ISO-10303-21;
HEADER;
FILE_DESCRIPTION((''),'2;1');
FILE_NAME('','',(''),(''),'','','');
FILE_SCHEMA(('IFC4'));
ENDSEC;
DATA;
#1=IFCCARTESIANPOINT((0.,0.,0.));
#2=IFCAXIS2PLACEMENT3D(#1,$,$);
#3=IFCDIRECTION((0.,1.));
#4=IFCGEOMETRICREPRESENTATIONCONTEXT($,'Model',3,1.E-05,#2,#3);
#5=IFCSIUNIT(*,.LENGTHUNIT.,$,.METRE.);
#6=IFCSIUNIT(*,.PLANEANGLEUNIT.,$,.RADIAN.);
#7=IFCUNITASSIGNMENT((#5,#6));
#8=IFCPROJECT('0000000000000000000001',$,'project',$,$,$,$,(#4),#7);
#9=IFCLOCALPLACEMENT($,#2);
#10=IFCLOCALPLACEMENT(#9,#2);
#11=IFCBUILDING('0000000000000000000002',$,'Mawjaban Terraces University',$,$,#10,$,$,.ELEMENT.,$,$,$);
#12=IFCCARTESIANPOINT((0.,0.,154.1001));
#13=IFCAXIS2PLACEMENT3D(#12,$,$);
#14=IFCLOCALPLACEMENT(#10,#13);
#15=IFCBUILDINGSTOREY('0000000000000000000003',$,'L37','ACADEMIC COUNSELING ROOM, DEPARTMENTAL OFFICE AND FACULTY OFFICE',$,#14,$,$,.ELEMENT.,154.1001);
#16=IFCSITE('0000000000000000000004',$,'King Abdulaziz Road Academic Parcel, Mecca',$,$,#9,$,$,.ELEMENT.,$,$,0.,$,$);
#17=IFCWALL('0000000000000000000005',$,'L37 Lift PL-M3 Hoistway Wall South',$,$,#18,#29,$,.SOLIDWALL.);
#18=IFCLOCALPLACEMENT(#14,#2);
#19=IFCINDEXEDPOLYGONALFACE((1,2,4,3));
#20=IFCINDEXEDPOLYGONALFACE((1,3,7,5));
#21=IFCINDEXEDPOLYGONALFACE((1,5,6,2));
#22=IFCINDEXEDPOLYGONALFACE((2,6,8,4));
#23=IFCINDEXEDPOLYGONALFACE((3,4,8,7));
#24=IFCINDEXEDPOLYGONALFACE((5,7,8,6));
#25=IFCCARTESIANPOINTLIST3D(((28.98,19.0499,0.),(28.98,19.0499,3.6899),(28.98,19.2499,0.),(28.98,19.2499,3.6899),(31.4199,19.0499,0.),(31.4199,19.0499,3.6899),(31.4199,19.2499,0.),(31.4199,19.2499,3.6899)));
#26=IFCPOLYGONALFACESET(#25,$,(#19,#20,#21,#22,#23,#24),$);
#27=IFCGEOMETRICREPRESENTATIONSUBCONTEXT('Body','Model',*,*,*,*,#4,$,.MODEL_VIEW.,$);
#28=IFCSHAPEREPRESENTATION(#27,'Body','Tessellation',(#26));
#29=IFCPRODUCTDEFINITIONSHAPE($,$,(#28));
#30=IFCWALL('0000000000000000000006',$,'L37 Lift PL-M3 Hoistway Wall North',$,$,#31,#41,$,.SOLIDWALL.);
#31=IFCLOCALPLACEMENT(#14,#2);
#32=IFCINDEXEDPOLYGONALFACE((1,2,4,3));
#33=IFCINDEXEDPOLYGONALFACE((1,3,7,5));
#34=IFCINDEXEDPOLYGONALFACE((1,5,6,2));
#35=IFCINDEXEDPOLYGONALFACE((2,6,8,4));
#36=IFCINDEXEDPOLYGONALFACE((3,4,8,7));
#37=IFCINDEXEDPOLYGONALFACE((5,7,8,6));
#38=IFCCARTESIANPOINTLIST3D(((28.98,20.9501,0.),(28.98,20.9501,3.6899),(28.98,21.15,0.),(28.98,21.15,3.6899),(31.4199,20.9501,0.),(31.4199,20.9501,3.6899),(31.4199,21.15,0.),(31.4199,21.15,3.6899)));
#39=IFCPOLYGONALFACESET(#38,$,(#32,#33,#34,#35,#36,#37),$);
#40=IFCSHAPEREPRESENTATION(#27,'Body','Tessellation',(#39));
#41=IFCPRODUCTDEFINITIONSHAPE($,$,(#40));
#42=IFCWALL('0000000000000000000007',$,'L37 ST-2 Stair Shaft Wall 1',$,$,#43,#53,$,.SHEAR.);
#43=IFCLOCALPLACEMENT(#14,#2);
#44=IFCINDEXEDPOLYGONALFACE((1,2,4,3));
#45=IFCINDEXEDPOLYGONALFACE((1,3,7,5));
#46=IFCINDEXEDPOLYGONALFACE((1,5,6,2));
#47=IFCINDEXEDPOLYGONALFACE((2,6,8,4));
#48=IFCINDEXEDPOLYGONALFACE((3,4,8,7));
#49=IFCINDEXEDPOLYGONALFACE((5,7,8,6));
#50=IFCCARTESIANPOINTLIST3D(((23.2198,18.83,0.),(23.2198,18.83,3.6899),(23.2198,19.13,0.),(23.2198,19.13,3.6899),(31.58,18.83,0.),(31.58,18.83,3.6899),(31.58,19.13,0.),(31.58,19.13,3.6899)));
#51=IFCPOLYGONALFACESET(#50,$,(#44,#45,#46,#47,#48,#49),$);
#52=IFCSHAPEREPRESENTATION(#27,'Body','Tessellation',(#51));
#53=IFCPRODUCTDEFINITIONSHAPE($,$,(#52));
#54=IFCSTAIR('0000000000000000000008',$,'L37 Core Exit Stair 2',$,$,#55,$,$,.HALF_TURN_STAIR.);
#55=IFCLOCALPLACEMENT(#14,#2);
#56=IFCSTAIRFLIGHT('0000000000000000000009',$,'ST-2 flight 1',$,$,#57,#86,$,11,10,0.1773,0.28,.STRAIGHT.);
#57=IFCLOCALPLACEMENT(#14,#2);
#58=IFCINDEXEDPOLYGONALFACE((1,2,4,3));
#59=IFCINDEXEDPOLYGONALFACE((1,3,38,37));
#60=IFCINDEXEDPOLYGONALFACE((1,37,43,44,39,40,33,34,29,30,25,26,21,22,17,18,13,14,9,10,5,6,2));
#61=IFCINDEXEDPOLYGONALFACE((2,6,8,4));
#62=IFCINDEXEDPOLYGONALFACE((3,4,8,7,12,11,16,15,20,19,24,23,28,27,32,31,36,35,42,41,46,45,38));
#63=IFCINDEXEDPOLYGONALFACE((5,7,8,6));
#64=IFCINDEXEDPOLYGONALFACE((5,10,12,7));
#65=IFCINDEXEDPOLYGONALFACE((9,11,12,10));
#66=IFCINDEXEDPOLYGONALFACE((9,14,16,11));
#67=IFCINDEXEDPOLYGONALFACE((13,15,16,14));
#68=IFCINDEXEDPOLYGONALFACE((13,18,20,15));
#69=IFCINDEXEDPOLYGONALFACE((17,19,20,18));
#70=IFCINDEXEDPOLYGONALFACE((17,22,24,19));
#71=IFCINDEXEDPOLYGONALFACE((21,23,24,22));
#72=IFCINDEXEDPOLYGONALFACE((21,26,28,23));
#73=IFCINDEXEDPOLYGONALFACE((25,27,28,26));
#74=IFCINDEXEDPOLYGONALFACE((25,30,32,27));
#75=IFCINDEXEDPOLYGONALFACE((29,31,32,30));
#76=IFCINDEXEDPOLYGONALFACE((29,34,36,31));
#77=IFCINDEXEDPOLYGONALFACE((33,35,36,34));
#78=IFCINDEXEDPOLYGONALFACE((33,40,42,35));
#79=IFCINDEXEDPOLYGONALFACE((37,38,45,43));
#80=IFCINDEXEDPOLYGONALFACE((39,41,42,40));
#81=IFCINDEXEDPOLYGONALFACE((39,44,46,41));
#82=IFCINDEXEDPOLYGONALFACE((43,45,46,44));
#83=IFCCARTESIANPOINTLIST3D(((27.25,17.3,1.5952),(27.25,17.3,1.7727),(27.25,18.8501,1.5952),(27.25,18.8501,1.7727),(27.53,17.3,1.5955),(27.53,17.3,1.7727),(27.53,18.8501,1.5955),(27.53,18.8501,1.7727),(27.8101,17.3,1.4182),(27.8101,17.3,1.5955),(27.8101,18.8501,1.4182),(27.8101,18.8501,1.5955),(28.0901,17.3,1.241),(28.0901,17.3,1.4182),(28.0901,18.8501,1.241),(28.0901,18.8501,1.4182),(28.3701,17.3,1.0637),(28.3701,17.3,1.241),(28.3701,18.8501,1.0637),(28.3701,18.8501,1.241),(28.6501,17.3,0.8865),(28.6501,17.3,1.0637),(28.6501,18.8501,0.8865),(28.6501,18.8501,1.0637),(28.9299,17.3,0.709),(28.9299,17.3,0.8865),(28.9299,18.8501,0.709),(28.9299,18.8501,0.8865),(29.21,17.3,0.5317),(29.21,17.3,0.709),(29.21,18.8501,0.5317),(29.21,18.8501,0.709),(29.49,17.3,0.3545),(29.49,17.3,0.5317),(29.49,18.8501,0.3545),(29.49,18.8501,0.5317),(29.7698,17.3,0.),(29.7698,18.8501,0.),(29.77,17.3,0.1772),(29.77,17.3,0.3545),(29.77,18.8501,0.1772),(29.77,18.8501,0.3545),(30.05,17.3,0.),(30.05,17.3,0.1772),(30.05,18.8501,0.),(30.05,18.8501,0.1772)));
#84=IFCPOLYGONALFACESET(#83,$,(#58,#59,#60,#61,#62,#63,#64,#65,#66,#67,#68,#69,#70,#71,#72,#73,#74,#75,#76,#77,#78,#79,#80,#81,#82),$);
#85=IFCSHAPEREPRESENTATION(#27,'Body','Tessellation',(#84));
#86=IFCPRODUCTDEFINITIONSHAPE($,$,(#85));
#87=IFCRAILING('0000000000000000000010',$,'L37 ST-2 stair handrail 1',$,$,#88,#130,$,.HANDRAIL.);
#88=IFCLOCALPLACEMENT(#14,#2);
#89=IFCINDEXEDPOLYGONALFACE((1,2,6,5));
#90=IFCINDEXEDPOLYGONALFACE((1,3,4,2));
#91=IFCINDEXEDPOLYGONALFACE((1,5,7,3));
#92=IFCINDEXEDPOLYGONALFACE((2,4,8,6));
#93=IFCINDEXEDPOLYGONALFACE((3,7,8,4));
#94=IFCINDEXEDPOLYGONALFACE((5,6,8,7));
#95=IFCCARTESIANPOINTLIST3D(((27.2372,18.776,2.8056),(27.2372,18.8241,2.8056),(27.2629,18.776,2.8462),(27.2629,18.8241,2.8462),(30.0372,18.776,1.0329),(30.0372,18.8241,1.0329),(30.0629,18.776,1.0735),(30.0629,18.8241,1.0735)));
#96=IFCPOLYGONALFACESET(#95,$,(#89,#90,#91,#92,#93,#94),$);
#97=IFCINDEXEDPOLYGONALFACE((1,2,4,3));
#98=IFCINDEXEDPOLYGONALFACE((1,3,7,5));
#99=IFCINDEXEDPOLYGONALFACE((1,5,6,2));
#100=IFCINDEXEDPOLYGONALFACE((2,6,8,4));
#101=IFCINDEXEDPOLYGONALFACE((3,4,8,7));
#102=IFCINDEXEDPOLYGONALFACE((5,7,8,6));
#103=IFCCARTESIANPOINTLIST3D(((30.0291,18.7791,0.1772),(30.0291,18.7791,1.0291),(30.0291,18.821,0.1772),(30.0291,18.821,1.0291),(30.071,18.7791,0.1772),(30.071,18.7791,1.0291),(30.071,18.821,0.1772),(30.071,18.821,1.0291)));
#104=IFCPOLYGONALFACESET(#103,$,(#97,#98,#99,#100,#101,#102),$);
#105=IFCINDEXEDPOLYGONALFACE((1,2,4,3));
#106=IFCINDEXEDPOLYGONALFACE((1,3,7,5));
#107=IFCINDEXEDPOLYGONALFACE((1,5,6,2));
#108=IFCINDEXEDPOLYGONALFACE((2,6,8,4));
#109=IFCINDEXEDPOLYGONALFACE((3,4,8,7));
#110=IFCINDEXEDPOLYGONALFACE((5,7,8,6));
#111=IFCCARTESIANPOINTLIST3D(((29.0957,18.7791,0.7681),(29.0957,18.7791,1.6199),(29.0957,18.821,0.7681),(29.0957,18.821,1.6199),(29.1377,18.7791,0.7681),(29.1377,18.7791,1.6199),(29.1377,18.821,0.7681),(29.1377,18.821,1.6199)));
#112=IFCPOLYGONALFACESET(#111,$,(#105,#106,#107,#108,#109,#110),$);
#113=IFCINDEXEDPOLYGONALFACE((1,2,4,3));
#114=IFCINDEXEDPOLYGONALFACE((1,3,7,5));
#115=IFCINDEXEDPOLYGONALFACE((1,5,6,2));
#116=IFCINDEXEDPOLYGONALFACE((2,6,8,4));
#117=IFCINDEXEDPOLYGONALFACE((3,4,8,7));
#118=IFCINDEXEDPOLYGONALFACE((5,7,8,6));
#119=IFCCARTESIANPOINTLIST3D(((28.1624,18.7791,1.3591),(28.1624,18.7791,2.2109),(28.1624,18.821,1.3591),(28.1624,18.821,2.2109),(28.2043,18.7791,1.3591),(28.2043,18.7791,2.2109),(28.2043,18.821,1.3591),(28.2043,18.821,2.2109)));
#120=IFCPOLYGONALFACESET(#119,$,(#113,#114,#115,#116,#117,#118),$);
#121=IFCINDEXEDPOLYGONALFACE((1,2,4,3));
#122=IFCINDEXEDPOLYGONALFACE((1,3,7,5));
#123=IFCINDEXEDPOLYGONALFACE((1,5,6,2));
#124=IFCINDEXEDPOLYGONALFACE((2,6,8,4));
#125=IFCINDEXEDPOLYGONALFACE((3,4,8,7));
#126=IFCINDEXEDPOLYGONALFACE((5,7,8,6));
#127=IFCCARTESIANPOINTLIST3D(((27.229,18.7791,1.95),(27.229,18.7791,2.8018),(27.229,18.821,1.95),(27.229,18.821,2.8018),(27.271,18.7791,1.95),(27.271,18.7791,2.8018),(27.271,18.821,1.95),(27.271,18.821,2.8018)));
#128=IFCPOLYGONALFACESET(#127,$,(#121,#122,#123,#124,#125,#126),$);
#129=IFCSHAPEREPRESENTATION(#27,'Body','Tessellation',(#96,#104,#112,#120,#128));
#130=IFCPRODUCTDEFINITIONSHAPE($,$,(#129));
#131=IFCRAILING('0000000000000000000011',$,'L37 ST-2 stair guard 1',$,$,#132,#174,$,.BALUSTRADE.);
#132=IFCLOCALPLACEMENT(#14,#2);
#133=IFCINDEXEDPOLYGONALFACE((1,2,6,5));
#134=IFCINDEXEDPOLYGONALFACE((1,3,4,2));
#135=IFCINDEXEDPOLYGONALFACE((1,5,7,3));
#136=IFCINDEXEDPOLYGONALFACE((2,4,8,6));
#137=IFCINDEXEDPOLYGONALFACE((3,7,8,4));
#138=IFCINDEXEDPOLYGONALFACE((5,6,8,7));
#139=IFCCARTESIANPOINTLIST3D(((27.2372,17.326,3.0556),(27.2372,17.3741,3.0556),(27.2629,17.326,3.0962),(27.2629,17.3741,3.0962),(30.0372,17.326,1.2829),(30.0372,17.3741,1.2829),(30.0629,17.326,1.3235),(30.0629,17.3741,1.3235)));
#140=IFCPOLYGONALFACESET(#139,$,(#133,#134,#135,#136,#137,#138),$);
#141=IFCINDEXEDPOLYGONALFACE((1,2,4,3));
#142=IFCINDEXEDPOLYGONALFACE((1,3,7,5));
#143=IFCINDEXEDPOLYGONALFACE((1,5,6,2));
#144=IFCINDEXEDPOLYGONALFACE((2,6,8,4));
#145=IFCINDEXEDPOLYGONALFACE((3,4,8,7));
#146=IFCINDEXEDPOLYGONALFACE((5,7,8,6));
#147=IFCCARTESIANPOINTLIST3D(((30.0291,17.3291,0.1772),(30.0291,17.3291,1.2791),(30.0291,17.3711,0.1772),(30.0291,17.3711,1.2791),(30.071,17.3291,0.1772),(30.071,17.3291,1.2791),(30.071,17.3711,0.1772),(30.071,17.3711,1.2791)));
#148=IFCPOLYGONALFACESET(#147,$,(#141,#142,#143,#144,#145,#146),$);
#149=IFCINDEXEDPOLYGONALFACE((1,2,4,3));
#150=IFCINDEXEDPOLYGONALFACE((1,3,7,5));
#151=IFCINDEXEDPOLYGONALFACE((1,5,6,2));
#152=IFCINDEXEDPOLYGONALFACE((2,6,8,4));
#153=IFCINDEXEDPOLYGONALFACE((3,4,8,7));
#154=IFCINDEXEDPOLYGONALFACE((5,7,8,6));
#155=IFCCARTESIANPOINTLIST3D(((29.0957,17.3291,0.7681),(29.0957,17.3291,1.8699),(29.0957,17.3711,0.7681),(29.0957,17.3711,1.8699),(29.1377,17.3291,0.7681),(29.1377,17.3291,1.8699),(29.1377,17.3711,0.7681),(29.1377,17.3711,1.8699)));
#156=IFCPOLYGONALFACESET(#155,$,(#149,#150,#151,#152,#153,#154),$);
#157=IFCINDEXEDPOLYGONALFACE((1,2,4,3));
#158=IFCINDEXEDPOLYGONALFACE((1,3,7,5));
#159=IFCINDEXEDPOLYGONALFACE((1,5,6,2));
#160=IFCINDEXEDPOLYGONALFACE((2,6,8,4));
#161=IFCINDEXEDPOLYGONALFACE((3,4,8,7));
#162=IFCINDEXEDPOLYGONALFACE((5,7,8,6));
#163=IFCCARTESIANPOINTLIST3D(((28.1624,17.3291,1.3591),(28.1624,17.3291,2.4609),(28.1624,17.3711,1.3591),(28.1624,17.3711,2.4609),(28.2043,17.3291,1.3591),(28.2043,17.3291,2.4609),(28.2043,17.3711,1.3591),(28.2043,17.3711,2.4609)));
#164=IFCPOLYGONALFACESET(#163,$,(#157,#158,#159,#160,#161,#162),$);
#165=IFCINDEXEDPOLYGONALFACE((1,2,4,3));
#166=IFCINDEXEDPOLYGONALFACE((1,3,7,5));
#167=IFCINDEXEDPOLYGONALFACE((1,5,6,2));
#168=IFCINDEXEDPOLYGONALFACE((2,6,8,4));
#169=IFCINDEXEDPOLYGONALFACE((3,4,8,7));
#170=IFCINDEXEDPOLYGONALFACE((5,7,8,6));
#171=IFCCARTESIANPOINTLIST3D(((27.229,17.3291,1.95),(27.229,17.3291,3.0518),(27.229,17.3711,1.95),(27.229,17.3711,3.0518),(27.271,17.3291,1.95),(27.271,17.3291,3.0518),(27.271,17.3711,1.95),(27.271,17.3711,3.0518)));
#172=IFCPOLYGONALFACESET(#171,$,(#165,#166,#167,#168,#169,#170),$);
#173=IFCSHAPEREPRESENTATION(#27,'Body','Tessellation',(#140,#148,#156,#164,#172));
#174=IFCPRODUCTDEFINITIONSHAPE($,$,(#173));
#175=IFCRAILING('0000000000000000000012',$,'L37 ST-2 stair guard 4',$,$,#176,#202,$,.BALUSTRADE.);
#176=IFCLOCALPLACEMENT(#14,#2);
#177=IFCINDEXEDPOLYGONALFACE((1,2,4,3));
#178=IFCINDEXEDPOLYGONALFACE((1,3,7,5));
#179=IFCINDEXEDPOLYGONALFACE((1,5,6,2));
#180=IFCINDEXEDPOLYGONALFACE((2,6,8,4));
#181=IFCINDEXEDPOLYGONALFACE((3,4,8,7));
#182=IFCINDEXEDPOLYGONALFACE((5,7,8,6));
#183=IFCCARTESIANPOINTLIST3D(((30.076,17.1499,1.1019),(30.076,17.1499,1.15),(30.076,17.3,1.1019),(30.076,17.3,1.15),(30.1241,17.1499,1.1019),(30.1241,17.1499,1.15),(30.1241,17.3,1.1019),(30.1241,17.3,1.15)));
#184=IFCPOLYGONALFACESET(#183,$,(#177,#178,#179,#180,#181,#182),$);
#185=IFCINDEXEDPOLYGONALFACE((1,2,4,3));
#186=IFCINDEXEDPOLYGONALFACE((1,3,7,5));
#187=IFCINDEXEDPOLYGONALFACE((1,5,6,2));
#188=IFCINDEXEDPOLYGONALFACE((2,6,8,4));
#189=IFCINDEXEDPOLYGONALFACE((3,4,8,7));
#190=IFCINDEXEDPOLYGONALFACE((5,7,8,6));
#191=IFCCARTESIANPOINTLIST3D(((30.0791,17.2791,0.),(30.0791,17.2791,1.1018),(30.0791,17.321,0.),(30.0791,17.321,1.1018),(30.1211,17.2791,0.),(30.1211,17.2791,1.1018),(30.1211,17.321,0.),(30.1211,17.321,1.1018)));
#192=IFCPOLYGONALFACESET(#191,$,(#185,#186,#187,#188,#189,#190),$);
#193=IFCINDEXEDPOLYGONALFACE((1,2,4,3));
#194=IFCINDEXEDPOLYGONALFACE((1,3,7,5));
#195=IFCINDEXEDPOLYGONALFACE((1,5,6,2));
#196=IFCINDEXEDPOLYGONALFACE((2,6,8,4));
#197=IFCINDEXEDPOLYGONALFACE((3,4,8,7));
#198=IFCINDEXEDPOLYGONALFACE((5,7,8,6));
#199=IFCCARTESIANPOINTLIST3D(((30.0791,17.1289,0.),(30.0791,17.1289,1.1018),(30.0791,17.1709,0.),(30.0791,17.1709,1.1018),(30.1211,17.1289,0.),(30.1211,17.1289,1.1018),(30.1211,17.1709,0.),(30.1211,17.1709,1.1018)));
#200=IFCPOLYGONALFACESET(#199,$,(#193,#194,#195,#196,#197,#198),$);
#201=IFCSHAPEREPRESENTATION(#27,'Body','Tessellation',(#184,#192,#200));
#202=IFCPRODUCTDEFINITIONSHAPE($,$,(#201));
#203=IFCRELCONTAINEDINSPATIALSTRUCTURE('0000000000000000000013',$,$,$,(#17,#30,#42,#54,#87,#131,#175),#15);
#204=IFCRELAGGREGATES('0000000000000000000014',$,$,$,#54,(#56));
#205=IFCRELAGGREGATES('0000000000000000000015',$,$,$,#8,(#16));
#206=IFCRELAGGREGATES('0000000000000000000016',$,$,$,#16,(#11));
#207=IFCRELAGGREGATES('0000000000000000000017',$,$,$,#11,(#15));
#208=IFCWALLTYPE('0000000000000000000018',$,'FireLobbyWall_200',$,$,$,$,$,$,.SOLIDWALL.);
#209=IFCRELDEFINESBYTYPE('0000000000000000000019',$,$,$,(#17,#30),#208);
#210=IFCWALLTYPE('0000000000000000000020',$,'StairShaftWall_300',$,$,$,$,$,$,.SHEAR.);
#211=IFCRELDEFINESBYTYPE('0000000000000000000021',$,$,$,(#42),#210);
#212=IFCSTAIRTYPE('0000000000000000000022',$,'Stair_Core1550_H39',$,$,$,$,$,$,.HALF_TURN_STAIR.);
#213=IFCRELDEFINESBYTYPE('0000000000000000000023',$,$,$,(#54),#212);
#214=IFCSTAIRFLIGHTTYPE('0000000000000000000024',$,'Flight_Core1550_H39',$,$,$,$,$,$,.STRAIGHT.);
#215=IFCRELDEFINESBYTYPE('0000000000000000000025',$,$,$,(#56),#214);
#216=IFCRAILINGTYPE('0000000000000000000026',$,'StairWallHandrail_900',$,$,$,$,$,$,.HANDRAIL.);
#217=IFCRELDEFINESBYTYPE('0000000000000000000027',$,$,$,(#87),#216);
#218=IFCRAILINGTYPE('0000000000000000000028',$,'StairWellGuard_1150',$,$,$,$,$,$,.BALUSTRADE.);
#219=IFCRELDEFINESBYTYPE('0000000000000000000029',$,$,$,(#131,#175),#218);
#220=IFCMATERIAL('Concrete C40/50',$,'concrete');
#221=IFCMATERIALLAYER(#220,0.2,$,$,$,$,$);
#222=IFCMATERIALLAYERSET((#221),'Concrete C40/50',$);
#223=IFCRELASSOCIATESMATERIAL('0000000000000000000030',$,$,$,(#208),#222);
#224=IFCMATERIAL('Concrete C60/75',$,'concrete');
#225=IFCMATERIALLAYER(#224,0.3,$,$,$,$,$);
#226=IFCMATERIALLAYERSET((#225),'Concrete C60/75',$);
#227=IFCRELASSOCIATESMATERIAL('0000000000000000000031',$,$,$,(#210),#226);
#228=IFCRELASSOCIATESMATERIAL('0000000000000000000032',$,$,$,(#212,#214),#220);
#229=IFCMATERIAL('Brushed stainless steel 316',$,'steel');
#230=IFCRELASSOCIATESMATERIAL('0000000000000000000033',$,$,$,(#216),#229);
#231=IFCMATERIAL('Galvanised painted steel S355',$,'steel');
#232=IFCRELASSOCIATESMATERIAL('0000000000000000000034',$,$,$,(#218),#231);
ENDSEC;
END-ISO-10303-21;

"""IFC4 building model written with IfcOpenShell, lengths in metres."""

from ifc_helpers import new_model, si_unit, direction, frame, frame_2d, origin, origin_2d, place, context, subcontext, project, spatial, polyline, rectangle, outline, extrude, material, layer, layer_set, type_object, element, aggregate, save


model = new_model("IFC4")

# Units and contexts
model_context = context("Model", 3, precision=1e-05, world=origin(), true_north=direction((0.0, 1.0)))
body_context = subcontext(model_context, "Body", "Model", "MODEL_VIEW")
ifc_project = project(units=[si_unit("LENGTHUNIT", "METRE"), si_unit("PLANEANGLEUNIT", "RADIAN")], contexts=[model_context])

# Site, building, storey
site_placement = place(None, origin())
site = spatial("IfcSite", under=ifc_project, at=site_placement, Name="King Abdulaziz Road Academic Parcel, Mecca", CompositionType="ELEMENT", RefElevation=0.0)
building_placement = place(site_placement, origin())
building = spatial("IfcBuilding", under=site, at=building_placement, Name="Mawjaban Terraces University", CompositionType="ELEMENT")
storey_placement = place(building_placement, frame((0.0, 0.0, 154.1001)))
storey = spatial("IfcBuildingStorey", under=building, at=storey_placement, Name="L37", Description="ACADEMIC COUNSELING ROOM, DEPARTMENTAL OFFICE AND FACULTY OFFICE", CompositionType="ELEMENT", Elevation=154.1001)

# Shared definitions
ifc_material_1 = material(Name="Concrete C40/50", Category="concrete")
ifc_layer_1 = layer(ifc_material_1, 0.2)
ifc_layer_set_1 = layer_set([ifc_layer_1], Name="Concrete C40/50")
wall_type_1 = type_object("IfcWallType", Name="FireLobbyWall_200", PredefinedType="SOLIDWALL", material=ifc_layer_set_1)

# Walls
for number, where, z_axis, x_axis, name in (
    (1, (28.98, 19.1499, 0.0), (0.0, 0.0, 1.0), (1.0, 0.0, 0.0), "L37 Lift PL-M3 Hoistway Wall South"),
    (2, (31.4199, 21.05, 0.0), (0.0, 0.0, 1.0), (-1.0, 0.0, 0.0), "L37 Lift PL-M3 Hoistway Wall North"),
):
    element("IfcWall", number, at=place(storey_placement, frame(where, z_axis=z_axis, x_axis=x_axis)), inside=storey, type_object=wall_type_1, Name=name, PredefinedType="SOLIDWALL", context=body_context, shape_type="SweptSolid", body=[
        extrude(rectangle(XDim=2.4399, YDim=0.2, at=frame_2d((1.22, 0.0))), origin(), (0.0, 0.0, 1.0), 3.6899),
    ])
ifc_material_2 = material(Name="Concrete C60/75", Category="concrete")
ifc_layer_2 = layer(ifc_material_2, 0.3)
ifc_layer_set_2 = layer_set([ifc_layer_2], Name="Concrete C60/75")
wall_type_2 = type_object("IfcWallType", Name="StairShaftWall_300", PredefinedType="SHEAR", material=ifc_layer_set_2)
wall_1_placement = place(storey_placement, frame((31.5801, 18.98, 0.0), z_axis=(0.0, 0.0, 1.0), x_axis=(-1.0, 0.0, 0.0)))
element("IfcWall", 3, at=wall_1_placement, inside=storey, type_object=wall_type_2, Name="L37 ST-2 Stair Shaft Wall 1", PredefinedType="SHEAR", context=body_context, shape_type="SweptSolid", body=[
    extrude(rectangle(XDim=8.3601, YDim=0.3, at=frame_2d((4.1802, 0.0))), origin(), (0.0, 0.0, 1.0), 3.6899),
])

# Stair, stair flight
stair_type = type_object("IfcStairType", Name="Stair_Core1550_H39", PredefinedType="HALF_TURN_STAIR", material=ifc_material_1)
stair_placement = place(storey_placement, origin())
stair = element("IfcStair", 4, at=stair_placement, inside=storey, type_object=stair_type, Name="L37 Core Exit Stair 2", PredefinedType="HALF_TURN_STAIR")
stair_flight_type = type_object("IfcStairFlightType", Name="Flight_Core1550_H39", PredefinedType="STRAIGHT", material=ifc_material_1)
stair_flight_placement = place(storey_placement, frame((30.05, 18.075, 0.0), z_axis=(0.0, 0.0, 1.0), x_axis=(-1.0, 0.0, 0.0)))
stair_flight = element("IfcStairFlight", 5, at=stair_flight_placement, type_object=stair_flight_type, Name="ST-2 flight 1", NumberOfRisers=11, NumberOfTreads=10, PredefinedType="STRAIGHT", RiserHeight=0.1773, TreadLength=0.28, context=body_context, shape_type="SweptSolid", body=[
    extrude(outline(polyline([(0.0, 0.0), (0.0, 0.1772), (0.28, 0.1772), (0.28, 0.3545), (0.5601, 0.3545), (0.5601, 0.5317), (0.8401, 0.5317), (0.8401, 0.709), (1.1201, 0.709), (1.1201, 0.8865), (1.3999, 0.8865), (1.3999, 1.0637), (1.6799, 1.0637), (1.6799, 1.241), (1.96, 1.241), (1.96, 1.4182), (2.24, 1.4182), (2.24, 1.5955), (2.52, 1.5955), (2.52, 1.7727), (2.8, 1.7727), (2.8, 1.95), (2.8, 1.5952), (0.2803, 0.0), (0.0, 0.0)])), frame((0.0, 0.7749, 0.0), z_axis=(0.0, -1.0, 0.0), x_axis=(1.0, 0.0, 0.0)), (0.0, 0.0, 1.0), 1.55),
])
aggregate(stair, [stair_flight])

# Railings
ifc_material_3 = material(Name="Brushed stainless steel 316", Category="steel")
railing_type_1 = type_object("IfcRailingType", Name="StairWallHandrail_900", PredefinedType="HANDRAIL", material=ifc_material_3)
railing_1_placement = place(storey_placement, frame((30.05, 18.8, 0.1772)))
element("IfcRailing", 6, at=railing_1_placement, inside=storey, type_object=railing_type_1, Name="L37 ST-2 stair handrail 1", PredefinedType="HANDRAIL", context=body_context, shape_type="SweptSolid", body=[
    extrude(rectangle(XDim=0.0481, YDim=0.0481, at=origin_2d()), frame((0.0, 0.0, 0.876), z_axis=(-0.844909, 0.0, 0.53491), x_axis=(0.0, -1.0, 0.0)), (0.0, 0.0, 1.0), 3.314),
    extrude(rectangle(XDim=0.042, YDim=0.042, at=origin_2d()), origin(), (0.0, 0.0, 1.0), 0.8518),
    extrude(rectangle(XDim=0.042, YDim=0.042, at=origin_2d()), frame((-0.9333, 0.0, 0.5908)), (0.0, 0.0, 1.0), 0.8518),
    extrude(rectangle(XDim=0.042, YDim=0.042, at=origin_2d()), frame((-1.8667, 0.0, 1.1819)), (0.0, 0.0, 1.0), 0.8518),
    extrude(rectangle(XDim=0.042, YDim=0.042, at=origin_2d()), frame((-2.8, 0.0, 1.7727)), (0.0, 0.0, 1.0), 0.8518),
])
ifc_material_4 = material(Name="Galvanised painted steel S355", Category="steel")
railing_type_2 = type_object("IfcRailingType", Name="StairWellGuard_1150", PredefinedType="BALUSTRADE", material=ifc_material_4)
railing_2_placement = place(storey_placement, frame((30.05, 17.3501, 0.1772)))
element("IfcRailing", 7, at=railing_2_placement, inside=storey, type_object=railing_type_2, Name="L37 ST-2 stair guard 1", PredefinedType="BALUSTRADE", context=body_context, shape_type="SweptSolid", body=[
    extrude(rectangle(XDim=0.0481, YDim=0.0481, at=origin_2d()), frame((0.0, 0.0, 1.126), z_axis=(-0.844909, 0.0, 0.53491), x_axis=(0.0, -1.0, 0.0)), (0.0, 0.0, 1.0), 3.314),
    extrude(rectangle(XDim=0.042, YDim=0.042, at=origin_2d()), origin(), (0.0, 0.0, 1.0), 1.1018),
    extrude(rectangle(XDim=0.042, YDim=0.042, at=origin_2d()), frame((-0.9333, 0.0, 0.5908)), (0.0, 0.0, 1.0), 1.1018),
    extrude(rectangle(XDim=0.042, YDim=0.042, at=origin_2d()), frame((-1.8667, 0.0, 1.1819)), (0.0, 0.0, 1.0), 1.1018),
    extrude(rectangle(XDim=0.042, YDim=0.042, at=origin_2d()), frame((-2.8, 0.0, 1.7727)), (0.0, 0.0, 1.0), 1.1018),
])
railing_3_placement = place(storey_placement, frame((30.1001, 17.3, 0.0)))
element("IfcRailing", 8, at=railing_3_placement, inside=storey, type_object=railing_type_2, Name="L37 ST-2 stair guard 4", PredefinedType="BALUSTRADE", context=body_context, shape_type="SweptSolid", body=[
    extrude(rectangle(XDim=0.0481, YDim=0.0481, at=origin_2d()), frame((0.0, 0.0, 1.126), z_axis=(0.0, -1.0, 0.0), x_axis=(1.0, 0.0, 0.0)), (0.0, 0.0, 1.0), 0.1501),
    extrude(rectangle(XDim=0.042, YDim=0.042, at=origin_2d()), origin(), (0.0, 0.0, 1.0), 1.1018),
    extrude(rectangle(XDim=0.042, YDim=0.042, at=origin_2d()), frame((0.0, -0.1501, 0.0)), (0.0, 0.0, 1.0), 1.1018),
])

save(model, "model.ifc")
